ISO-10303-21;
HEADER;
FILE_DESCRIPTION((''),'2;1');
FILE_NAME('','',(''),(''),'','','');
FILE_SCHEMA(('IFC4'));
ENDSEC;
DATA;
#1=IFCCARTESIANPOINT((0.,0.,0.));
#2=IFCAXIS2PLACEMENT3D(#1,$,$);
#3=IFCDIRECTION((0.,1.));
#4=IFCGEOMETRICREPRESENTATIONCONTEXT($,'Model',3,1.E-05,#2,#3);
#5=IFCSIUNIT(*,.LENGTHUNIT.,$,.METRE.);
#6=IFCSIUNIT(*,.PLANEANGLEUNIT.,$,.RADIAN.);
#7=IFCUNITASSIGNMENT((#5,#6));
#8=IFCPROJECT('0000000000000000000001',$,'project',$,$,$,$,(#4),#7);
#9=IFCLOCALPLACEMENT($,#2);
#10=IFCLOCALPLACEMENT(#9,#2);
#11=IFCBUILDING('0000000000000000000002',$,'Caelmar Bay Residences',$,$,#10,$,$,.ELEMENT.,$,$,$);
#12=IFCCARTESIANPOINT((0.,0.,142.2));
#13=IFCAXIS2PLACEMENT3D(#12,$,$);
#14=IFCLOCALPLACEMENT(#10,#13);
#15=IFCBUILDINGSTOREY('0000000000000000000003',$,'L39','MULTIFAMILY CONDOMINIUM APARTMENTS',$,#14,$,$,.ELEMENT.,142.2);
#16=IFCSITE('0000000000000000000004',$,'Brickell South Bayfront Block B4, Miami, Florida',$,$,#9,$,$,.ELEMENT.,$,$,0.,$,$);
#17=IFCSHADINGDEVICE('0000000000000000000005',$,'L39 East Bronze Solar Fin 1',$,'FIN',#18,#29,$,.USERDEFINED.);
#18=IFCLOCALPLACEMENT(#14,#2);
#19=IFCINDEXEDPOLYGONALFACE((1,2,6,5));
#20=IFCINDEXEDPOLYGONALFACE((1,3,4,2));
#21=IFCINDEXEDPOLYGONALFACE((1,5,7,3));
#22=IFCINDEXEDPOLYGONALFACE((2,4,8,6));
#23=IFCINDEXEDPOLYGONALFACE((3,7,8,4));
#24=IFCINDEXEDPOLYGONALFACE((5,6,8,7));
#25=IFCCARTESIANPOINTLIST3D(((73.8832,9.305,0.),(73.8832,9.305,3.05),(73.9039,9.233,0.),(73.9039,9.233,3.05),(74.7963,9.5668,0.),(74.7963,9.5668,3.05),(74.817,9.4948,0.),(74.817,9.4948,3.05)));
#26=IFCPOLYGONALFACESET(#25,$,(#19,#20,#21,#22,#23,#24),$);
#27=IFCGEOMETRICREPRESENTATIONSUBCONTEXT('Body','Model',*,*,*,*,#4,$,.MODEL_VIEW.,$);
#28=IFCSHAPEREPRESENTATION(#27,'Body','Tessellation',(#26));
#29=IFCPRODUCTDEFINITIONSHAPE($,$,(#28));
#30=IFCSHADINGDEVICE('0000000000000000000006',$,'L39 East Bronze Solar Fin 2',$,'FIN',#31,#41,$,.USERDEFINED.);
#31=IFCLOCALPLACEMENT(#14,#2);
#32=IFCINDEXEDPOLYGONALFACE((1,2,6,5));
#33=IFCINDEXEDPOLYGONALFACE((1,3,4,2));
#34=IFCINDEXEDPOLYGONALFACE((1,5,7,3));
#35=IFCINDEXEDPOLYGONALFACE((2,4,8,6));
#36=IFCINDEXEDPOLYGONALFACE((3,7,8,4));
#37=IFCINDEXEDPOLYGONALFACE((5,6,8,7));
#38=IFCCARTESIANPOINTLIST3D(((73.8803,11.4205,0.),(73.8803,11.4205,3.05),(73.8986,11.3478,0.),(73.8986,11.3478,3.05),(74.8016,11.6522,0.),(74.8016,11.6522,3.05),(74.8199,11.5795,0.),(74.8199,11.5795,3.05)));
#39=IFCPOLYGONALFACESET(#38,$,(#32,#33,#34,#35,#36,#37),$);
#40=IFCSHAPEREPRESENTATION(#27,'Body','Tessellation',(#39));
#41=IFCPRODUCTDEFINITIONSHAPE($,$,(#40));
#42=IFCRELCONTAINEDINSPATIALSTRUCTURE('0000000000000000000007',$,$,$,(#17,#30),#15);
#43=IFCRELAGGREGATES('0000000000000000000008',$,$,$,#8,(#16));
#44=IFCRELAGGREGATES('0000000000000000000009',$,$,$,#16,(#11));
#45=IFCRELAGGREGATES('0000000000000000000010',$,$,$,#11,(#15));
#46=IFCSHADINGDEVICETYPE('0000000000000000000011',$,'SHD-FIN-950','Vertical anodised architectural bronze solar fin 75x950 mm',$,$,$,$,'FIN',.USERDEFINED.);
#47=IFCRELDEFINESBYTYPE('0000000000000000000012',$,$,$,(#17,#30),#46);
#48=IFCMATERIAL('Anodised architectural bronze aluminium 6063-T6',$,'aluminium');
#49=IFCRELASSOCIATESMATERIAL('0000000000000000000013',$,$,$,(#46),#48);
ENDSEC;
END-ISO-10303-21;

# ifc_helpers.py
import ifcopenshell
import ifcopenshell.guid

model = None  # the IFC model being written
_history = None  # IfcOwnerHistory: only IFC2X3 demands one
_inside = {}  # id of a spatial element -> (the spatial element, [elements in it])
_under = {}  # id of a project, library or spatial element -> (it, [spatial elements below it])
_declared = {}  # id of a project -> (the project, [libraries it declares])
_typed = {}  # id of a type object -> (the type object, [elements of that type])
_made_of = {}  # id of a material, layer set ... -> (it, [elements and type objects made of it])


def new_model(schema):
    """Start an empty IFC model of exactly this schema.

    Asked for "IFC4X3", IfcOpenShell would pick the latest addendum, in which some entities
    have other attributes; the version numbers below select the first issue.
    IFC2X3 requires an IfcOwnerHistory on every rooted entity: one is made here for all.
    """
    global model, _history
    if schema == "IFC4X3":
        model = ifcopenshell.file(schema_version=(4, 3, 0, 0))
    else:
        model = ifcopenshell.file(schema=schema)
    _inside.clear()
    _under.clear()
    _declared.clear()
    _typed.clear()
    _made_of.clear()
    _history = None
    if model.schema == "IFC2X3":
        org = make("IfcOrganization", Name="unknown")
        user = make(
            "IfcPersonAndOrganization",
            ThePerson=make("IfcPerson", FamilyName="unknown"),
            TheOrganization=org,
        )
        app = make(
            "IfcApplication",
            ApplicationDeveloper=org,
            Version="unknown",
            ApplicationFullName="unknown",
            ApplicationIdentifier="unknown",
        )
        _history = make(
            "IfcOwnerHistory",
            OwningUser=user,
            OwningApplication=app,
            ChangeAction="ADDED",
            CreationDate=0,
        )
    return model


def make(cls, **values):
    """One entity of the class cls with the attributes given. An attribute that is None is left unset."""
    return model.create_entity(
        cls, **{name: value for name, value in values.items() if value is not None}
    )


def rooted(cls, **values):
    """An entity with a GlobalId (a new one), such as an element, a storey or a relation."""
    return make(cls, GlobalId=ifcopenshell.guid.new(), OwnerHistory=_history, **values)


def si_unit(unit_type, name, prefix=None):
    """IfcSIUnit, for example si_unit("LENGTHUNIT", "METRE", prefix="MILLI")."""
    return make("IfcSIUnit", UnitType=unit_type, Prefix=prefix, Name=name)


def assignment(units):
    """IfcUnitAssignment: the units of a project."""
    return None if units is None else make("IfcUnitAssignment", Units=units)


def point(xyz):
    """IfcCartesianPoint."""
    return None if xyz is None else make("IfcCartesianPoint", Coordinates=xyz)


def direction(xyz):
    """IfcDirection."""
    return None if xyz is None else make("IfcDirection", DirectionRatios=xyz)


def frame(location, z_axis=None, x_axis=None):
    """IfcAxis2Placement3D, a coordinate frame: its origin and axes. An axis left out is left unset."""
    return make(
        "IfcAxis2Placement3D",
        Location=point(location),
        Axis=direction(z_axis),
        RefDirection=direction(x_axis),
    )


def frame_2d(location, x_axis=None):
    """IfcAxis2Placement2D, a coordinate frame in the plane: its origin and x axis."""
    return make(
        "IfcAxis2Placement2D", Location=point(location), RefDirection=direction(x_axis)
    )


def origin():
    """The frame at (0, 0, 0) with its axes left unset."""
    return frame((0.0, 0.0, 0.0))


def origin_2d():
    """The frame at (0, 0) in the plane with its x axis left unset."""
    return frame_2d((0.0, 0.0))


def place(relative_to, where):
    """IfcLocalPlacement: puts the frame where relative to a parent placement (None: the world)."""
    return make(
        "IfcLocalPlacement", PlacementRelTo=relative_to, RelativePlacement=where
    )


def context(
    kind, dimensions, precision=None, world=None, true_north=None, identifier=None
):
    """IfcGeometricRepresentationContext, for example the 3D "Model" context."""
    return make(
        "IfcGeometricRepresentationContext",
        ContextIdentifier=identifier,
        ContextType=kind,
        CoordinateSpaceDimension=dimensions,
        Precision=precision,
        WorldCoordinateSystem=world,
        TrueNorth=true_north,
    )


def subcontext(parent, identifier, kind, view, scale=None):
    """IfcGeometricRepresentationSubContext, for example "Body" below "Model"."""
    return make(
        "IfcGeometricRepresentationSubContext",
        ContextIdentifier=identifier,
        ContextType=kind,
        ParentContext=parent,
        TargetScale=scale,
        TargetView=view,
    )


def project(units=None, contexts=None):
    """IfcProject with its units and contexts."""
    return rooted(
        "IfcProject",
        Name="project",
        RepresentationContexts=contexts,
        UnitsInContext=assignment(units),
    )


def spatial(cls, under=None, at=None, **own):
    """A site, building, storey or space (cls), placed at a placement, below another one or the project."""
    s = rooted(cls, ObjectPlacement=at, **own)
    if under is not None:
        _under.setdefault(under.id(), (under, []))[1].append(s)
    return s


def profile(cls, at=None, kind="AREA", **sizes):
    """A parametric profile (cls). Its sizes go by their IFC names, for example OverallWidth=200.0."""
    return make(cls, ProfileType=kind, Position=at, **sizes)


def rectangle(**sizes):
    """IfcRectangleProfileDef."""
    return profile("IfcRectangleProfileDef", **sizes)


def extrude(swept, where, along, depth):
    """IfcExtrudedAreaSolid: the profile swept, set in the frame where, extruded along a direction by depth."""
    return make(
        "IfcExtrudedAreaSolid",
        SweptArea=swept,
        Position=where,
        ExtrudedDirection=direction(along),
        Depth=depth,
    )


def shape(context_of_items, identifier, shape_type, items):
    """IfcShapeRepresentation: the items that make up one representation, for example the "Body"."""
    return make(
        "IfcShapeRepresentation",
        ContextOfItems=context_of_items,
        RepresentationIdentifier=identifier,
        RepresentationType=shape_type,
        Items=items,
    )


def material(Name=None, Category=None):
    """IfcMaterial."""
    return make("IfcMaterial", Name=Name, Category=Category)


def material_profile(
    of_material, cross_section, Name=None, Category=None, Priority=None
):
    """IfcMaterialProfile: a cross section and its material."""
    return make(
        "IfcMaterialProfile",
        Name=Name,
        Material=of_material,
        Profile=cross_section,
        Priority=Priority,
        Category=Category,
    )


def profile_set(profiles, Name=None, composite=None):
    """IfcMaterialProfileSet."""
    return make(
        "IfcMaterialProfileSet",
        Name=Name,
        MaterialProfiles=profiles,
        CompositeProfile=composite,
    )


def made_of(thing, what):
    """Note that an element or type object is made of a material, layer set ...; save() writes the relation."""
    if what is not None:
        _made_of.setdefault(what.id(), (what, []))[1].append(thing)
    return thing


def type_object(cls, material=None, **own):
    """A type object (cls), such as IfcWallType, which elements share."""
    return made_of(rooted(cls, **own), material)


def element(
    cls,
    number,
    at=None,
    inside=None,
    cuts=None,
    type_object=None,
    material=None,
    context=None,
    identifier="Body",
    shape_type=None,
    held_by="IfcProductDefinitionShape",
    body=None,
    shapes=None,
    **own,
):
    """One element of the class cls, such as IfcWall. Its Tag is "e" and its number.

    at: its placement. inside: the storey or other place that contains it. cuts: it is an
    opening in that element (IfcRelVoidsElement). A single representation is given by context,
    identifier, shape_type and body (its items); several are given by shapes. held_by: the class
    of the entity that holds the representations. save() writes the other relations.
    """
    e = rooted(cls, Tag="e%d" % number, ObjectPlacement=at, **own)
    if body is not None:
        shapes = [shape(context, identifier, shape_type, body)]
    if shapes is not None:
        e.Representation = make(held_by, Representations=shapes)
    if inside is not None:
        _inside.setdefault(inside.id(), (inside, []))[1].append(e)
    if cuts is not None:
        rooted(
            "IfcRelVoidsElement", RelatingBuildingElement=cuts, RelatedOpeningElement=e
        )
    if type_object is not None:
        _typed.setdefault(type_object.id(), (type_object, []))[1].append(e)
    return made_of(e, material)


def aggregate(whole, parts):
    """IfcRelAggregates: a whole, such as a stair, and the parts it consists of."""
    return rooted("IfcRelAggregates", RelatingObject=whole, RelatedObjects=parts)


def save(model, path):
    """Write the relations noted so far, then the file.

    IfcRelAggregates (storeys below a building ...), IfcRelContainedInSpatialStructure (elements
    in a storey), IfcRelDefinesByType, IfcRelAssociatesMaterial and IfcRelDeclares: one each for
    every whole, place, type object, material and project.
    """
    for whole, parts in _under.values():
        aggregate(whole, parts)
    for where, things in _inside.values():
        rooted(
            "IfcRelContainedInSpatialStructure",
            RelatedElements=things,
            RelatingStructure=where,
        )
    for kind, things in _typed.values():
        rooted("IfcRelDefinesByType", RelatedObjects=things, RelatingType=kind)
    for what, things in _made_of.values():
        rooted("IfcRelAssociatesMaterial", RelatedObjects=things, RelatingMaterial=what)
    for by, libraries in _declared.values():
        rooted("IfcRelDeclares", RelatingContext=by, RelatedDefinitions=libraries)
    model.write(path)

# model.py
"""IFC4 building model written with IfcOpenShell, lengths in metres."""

from ifc_helpers import new_model, si_unit, direction, frame, origin, origin_2d, place, context, subcontext, project, spatial, rectangle, extrude, material, material_profile, profile_set, type_object, element, save


model = new_model("IFC4")

# Units and contexts
model_context = context("Model", 3, precision=1e-05, world=origin(), true_north=direction((0.0, 1.0)))
body_context = subcontext(model_context, "Body", "Model", "MODEL_VIEW")
ifc_project = project(units=[si_unit("LENGTHUNIT", "METRE"), si_unit("PLANEANGLEUNIT", "RADIAN")], contexts=[model_context])

# Site, building, storey
site_placement = place(None, origin())
site = spatial("IfcSite", under=ifc_project, at=site_placement, Name="Brickell South Bayfront Block B4, Miami, Florida", CompositionType="ELEMENT", RefElevation=0.0)
building_placement = place(site_placement, origin())
building = spatial("IfcBuilding", under=site, at=building_placement, Name="Caelmar Bay Residences", CompositionType="ELEMENT")
storey_placement = place(building_placement, frame((0.0, 0.0, 142.2)))
storey = spatial("IfcBuildingStorey", under=building, at=storey_placement, Name="L39", Description="MULTIFAMILY CONDOMINIUM APARTMENTS", CompositionType="ELEMENT", Elevation=142.2)

# Shading devices
ifc_material_1 = material(Name="Anodised architectural bronze aluminium 6063-T6", Category="aluminium")
ifc_material_profile_1 = material_profile(ifc_material_1, rectangle(XDim=0.075, YDim=0.95, at=origin_2d()), Name="BRONZE-FIN-75X950")
ifc_profile_set_1 = profile_set([ifc_material_profile_1], Name="Anodised architectural bronze aluminium 6063-T6")
shading_device_type = type_object("IfcShadingDeviceType", Name="SHD-FIN-950", Description="Vertical anodised architectural bronze solar fin 75x950 mm", ElementType="FIN", PredefinedType="USERDEFINED", material=ifc_profile_set_1)
for number, where, z_axis, x_axis, name in (
    (1, (74.3501, 9.3999, 0.0), (0.0, 0.0, 1.0), (-0.275637, 0.961262, 0.0), "L39 East Bronze Solar Fin 1"),
    (2, (74.3501, 11.5, 0.0), (0.0, 0.0, 1.0), (-0.243954, 0.969787, 0.0), "L39 East Bronze Solar Fin 2"),
):
    element("IfcShadingDevice", number, at=place(storey_placement, frame(where, z_axis=z_axis, x_axis=x_axis)), inside=storey, type_object=shading_device_type, Name=name, ObjectType="FIN", PredefinedType="USERDEFINED", context=body_context, shape_type="SweptSolid", body=[
        extrude(rectangle(XDim=0.075, YDim=0.95, at=origin_2d()), origin(), (0.0, 0.0, 1.0), 3.05),
    ])

save(model, "model.ifc")
